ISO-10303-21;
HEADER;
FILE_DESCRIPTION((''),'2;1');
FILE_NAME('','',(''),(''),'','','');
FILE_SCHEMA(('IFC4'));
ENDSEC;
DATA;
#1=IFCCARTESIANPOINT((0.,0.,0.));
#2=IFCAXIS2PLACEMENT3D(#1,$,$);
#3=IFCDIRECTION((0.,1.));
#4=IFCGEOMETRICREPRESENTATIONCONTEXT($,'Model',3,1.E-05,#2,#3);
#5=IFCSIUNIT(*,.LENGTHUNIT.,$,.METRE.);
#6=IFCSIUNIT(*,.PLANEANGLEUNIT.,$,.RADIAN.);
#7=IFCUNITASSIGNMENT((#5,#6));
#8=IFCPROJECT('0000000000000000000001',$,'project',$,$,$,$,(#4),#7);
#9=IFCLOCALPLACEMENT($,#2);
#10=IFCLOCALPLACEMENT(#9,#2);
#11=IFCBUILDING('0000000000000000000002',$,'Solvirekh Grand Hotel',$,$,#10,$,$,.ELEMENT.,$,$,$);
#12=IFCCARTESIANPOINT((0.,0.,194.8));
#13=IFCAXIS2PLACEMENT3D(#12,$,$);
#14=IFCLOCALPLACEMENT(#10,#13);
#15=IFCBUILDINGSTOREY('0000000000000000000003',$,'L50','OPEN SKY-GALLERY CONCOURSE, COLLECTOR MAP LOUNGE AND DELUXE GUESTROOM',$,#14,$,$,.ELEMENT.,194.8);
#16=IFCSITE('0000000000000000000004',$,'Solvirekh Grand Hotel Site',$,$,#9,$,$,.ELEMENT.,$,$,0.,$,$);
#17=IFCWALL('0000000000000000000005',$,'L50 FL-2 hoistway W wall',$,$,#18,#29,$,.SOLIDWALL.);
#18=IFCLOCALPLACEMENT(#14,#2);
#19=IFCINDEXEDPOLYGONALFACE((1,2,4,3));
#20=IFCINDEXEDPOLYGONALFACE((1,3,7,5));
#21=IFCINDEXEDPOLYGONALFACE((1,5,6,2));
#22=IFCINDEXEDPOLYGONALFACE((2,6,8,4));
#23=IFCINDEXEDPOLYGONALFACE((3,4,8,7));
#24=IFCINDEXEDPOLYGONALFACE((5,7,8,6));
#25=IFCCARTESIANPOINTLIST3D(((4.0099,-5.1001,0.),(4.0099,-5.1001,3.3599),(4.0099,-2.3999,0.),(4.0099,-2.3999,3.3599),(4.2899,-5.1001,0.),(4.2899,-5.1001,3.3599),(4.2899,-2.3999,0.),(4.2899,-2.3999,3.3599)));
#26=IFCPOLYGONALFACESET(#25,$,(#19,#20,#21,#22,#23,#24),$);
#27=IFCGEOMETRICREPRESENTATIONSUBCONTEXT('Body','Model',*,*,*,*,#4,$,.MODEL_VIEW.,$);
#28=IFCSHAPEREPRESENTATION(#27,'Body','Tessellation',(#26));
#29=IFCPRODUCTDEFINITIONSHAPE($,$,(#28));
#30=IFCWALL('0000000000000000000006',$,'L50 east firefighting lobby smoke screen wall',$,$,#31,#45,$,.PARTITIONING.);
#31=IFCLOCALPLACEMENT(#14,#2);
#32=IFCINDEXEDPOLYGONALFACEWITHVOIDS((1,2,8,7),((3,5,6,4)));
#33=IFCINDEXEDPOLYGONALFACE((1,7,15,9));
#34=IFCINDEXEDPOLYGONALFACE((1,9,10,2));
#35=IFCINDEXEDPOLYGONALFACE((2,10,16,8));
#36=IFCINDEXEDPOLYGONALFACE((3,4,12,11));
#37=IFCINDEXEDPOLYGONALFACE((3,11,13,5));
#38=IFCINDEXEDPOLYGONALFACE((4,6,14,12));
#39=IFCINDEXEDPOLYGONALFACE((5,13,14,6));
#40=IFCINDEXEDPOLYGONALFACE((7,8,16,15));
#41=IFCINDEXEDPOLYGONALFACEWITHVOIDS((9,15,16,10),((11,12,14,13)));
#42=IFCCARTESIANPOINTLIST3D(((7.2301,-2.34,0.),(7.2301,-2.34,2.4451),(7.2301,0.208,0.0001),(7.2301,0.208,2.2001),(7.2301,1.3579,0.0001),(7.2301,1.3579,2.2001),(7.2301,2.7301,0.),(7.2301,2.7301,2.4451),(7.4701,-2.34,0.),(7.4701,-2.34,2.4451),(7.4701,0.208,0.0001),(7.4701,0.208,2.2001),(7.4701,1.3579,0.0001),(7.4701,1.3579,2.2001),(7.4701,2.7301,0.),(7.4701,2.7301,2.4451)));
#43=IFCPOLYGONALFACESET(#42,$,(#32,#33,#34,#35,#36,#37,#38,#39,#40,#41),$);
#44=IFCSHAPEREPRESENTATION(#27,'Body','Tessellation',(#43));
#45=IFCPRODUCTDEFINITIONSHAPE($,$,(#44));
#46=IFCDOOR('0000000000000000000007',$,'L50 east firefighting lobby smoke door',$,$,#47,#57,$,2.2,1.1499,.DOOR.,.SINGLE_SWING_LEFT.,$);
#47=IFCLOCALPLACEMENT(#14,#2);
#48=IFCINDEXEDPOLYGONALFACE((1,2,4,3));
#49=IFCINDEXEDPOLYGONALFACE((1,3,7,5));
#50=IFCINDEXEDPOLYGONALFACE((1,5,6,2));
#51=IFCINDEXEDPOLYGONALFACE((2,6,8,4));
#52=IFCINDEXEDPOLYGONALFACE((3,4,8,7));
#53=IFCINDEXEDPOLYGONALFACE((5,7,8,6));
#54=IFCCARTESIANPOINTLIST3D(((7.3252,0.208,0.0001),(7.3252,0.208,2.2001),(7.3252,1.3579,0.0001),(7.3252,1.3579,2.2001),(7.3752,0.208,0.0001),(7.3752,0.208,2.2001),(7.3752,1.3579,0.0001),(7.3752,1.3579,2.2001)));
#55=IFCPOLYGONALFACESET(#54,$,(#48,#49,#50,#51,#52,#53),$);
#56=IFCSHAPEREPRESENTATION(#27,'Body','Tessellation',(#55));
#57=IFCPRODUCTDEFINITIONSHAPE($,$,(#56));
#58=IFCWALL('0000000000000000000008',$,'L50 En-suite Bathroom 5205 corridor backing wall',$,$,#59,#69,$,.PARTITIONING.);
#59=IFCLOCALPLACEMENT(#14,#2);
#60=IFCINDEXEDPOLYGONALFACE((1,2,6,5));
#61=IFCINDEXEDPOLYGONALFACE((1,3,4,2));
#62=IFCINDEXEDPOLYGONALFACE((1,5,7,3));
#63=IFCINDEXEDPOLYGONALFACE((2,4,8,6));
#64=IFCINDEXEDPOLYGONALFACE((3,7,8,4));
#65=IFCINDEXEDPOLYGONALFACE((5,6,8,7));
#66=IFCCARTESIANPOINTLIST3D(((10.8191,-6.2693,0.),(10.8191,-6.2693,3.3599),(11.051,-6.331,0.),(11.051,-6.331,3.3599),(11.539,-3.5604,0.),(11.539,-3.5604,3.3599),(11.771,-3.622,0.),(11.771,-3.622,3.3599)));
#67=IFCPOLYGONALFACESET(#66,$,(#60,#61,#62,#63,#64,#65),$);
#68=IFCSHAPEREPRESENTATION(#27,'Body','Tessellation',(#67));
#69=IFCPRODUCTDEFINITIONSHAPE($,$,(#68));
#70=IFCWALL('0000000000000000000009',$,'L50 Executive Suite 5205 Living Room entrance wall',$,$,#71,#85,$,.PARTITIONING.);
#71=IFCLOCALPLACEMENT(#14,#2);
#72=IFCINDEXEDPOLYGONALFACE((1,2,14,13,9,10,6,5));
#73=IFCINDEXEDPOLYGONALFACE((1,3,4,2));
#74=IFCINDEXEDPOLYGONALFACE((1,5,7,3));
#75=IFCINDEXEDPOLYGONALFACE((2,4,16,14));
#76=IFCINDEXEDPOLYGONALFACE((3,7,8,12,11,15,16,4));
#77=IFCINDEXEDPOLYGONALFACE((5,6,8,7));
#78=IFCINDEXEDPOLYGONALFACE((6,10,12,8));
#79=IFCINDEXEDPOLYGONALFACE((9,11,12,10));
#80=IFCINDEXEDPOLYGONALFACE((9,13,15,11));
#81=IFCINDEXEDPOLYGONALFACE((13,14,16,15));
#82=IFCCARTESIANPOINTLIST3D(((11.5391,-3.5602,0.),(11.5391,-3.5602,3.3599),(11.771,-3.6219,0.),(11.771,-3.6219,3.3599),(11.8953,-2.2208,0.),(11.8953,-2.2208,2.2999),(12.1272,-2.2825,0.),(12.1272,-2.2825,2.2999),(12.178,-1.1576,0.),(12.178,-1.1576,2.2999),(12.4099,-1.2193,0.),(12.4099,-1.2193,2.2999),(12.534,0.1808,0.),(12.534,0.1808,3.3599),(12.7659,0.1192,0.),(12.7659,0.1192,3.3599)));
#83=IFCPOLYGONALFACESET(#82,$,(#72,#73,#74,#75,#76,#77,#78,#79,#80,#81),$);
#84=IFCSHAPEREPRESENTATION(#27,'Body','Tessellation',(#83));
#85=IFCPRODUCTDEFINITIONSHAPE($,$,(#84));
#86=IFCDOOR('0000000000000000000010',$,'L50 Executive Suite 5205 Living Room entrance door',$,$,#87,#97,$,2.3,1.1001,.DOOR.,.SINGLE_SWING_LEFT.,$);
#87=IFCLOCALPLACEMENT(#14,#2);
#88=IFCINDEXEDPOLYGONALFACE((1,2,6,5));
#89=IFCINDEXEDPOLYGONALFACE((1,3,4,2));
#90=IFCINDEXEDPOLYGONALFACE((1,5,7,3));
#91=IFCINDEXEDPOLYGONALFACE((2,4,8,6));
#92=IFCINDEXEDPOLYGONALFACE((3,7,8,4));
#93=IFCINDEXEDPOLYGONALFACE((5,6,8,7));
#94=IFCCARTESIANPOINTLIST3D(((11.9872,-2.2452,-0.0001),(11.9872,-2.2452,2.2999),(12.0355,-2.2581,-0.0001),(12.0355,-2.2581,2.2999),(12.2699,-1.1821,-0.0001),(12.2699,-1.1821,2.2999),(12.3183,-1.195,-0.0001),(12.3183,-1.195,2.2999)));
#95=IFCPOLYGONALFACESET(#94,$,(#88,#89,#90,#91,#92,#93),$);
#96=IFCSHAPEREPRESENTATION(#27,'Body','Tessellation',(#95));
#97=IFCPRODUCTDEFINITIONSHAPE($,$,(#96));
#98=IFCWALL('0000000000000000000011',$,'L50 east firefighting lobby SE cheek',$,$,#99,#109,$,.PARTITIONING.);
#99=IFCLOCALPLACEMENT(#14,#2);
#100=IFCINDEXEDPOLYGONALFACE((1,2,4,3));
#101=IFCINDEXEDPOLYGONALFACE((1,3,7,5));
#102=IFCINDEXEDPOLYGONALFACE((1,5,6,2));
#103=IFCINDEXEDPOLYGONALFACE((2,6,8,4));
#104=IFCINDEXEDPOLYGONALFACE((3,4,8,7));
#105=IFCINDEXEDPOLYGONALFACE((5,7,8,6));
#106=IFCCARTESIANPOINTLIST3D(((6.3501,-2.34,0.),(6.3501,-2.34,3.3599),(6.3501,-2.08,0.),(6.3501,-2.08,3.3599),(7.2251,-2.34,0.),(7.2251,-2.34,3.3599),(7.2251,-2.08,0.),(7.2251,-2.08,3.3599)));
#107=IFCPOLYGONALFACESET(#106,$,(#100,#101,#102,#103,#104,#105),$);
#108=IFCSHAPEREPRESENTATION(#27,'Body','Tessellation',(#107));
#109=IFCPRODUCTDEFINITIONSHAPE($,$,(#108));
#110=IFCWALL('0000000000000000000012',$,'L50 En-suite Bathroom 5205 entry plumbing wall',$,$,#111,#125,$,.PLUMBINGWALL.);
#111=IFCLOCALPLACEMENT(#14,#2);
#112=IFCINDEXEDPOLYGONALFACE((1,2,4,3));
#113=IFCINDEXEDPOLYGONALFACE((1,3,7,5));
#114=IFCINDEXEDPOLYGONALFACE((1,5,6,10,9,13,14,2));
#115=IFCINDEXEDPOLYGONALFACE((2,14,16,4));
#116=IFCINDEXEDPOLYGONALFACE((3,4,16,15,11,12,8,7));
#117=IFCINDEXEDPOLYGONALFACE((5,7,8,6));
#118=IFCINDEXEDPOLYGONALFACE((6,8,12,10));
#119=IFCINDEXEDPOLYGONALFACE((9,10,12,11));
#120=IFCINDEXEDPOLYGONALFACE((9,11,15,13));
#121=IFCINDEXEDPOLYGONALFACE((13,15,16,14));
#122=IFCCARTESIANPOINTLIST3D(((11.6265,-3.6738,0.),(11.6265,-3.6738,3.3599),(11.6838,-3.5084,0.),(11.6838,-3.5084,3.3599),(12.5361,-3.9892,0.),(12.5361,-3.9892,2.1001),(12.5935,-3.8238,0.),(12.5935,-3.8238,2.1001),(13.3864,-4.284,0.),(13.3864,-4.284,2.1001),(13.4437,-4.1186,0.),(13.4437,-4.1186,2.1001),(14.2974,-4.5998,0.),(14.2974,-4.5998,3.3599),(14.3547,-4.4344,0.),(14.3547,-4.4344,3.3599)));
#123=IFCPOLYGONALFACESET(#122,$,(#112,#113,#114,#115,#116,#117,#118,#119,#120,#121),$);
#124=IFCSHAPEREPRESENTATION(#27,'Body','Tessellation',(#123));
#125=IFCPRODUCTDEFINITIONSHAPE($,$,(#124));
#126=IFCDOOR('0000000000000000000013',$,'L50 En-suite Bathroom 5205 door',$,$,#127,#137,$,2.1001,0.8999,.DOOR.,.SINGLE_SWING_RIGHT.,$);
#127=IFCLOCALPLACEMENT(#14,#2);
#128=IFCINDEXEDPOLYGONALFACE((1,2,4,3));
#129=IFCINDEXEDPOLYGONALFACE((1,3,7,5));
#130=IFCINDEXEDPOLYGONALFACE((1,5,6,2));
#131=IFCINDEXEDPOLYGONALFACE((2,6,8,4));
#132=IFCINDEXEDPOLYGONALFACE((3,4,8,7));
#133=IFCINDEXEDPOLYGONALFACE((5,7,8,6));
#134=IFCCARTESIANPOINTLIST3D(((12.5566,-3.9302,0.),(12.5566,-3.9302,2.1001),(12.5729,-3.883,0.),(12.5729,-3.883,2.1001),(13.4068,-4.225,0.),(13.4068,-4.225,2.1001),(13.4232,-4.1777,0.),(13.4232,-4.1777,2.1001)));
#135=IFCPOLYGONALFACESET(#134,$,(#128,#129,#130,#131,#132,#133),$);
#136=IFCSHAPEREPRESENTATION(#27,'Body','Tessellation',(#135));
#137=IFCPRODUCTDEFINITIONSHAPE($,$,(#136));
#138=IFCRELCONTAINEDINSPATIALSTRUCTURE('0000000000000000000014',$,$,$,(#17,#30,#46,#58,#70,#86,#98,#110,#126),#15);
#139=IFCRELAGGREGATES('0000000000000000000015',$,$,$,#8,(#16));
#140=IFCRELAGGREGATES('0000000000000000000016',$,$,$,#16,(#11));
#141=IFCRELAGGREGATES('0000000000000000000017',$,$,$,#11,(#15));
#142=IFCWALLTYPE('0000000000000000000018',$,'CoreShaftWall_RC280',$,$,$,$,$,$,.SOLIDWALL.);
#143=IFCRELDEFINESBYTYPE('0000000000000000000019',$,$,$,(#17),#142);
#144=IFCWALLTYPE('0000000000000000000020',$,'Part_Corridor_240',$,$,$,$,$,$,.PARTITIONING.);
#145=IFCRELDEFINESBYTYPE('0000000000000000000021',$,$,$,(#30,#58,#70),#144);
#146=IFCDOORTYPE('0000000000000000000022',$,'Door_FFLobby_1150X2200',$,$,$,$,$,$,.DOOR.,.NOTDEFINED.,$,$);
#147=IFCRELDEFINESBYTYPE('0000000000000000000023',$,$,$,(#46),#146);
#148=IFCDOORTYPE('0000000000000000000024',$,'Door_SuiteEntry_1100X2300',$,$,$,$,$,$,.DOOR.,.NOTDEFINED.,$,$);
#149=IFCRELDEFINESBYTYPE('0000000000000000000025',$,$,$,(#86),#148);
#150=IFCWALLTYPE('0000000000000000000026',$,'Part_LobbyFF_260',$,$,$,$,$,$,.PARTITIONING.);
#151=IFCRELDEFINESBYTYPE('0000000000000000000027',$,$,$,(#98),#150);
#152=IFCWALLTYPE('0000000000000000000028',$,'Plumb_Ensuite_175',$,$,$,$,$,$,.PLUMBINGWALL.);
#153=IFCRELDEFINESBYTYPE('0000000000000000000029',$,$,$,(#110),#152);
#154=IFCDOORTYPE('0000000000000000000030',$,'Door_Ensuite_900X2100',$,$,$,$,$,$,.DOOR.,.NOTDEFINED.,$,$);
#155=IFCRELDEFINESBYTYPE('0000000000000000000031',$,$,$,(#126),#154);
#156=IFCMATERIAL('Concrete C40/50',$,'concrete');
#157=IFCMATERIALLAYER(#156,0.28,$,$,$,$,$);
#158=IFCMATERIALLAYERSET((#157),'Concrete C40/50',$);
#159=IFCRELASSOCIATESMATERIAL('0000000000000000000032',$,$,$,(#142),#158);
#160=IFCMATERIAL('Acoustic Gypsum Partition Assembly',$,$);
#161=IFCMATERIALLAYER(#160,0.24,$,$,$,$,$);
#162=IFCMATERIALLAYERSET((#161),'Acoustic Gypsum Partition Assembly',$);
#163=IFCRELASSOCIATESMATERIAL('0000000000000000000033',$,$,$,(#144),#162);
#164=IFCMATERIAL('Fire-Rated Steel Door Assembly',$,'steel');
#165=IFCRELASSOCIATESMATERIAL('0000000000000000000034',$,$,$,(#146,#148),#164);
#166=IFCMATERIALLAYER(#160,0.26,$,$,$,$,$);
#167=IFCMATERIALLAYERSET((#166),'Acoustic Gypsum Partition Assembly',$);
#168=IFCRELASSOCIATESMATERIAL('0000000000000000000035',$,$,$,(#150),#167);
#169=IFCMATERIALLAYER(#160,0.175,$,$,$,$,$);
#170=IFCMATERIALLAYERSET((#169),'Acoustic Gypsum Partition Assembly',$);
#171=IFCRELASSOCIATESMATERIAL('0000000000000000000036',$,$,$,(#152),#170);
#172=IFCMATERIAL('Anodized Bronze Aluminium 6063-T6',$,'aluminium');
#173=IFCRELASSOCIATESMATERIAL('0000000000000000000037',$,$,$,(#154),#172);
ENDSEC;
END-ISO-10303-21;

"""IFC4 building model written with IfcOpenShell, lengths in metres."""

from ifc_helpers import new_model, si_unit, direction, frame, frame_2d, origin, place, context, subcontext, project, spatial, rectangle, extrude, material, layer, layer_set, type_object, element, fill, save


model = new_model("IFC4")

# Units and contexts
model_context = context("Model", 3, precision=1e-05, world=origin(), true_north=direction((0.0, 1.0)))
body_context = subcontext(model_context, "Body", "Model", "MODEL_VIEW")
ifc_project = project(units=[si_unit("LENGTHUNIT", "METRE"), si_unit("PLANEANGLEUNIT", "RADIAN")], contexts=[model_context])

# Site, building, storey
site_placement = place(None, origin())
site = spatial("IfcSite", under=ifc_project, at=site_placement, Name="Solvirekh Grand Hotel Site", CompositionType="ELEMENT", RefElevation=0.0)
building_placement = place(site_placement, origin())
building = spatial("IfcBuilding", under=site, at=building_placement, Name="Solvirekh Grand Hotel", CompositionType="ELEMENT")
storey_placement = place(building_placement, frame((0.0, 0.0, 194.8)))
storey = spatial("IfcBuildingStorey", under=building, at=storey_placement, Name="L50", Description="OPEN SKY-GALLERY CONCOURSE, COLLECTOR MAP LOUNGE AND DELUXE GUESTROOM", CompositionType="ELEMENT", Elevation=194.8)

# Shared definitions
ifc_material_1 = material(Name="Anodized Bronze Aluminium 6063-T6", Category="aluminium")

# Shared definitions
ifc_material_2 = material(Name="Concrete C40/50", Category="concrete")
ifc_layer_1 = layer(ifc_material_2, 0.28)
ifc_layer_set_1 = layer_set([ifc_layer_1], Name="Concrete C40/50")
wall_type_1 = type_object("IfcWallType", Name="CoreShaftWall_RC280", PredefinedType="SOLIDWALL", material=ifc_layer_set_1)

# Shared definitions
ifc_material_3 = material(Name="Fire-Rated Steel Door Assembly", Category="steel")

# Wall
wall_1_placement = place(storey_placement, frame((4.1499, -2.3999, 0.0), z_axis=(0.0, 0.0, 1.0), x_axis=(0.0, -1.0, 0.0)))
element("IfcWall", 1, at=wall_1_placement, inside=storey, type_object=wall_type_1, Name="L50 FL-2 hoistway W wall", PredefinedType="SOLIDWALL", context=body_context, shape_type="SweptSolid", body=[
    extrude(rectangle(XDim=2.7002, YDim=0.28, at=frame_2d((1.3501, 0.0))), origin(), (0.0, 0.0, 1.0), 3.3599),
])

# Wall, opening, door
ifc_material_4 = material(Name="Acoustic Gypsum Partition Assembly")
ifc_layer_2 = layer(ifc_material_4, 0.24)
ifc_layer_set_2 = layer_set([ifc_layer_2], Name="Acoustic Gypsum Partition Assembly")
wall_type_2 = type_object("IfcWallType", Name="Part_Corridor_240", PredefinedType="PARTITIONING", material=ifc_layer_set_2)
wall_2_placement = place(storey_placement, frame((7.3501, -2.3401, 0.0), z_axis=(0.0, 0.0, 1.0), x_axis=(0.0, 1.0, 0.0)))
wall_2 = element("IfcWall", 2, at=wall_2_placement, inside=storey, type_object=wall_type_2, Name="L50 east firefighting lobby smoke screen wall", PredefinedType="PARTITIONING", context=body_context, shape_type="SweptSolid", body=[
    extrude(rectangle(XDim=5.0701, YDim=0.24, at=frame_2d((2.5352, 0.0))), origin(), (0.0, 0.0, 1.0), 2.4451),
])
opening_1_placement = place(wall_2_placement, frame((2.5481, 0.0, 0.0)))
opening_1 = element("IfcOpeningElement", 3, at=opening_1_placement, cuts=wall_2, PredefinedType="OPENING", context=body_context, shape_type="SweptSolid", body=[
    extrude(rectangle(XDim=1.1499, YDim=2.2, at=frame_2d((0.575, 1.1001))), frame((0.0, 0.1299, 0.0), z_axis=(0.0, -1.0, 0.0), x_axis=(1.0, 0.0, 0.0)), (0.0, 0.0, 1.0), 0.26),
])
door_type_1 = type_object("IfcDoorType", Name="Door_FFLobby_1150X2200", OperationType="NOTDEFINED", PredefinedType="DOOR", material=ifc_material_3)
door_1_placement = place(opening_1_placement, origin())
door_1 = element("IfcDoor", 4, at=door_1_placement, inside=storey, type_object=door_type_1, Name="L50 east firefighting lobby smoke door", OperationType="SINGLE_SWING_LEFT", OverallHeight=2.2, OverallWidth=1.1499, PredefinedType="DOOR", context=body_context, shape_type="SweptSolid", body=[
    extrude(rectangle(XDim=1.1499, YDim=2.2, at=frame_2d((0.575, 1.1001))), frame((0.0, 0.0249, 0.0), z_axis=(0.0, -1.0, 0.0), x_axis=(1.0, 0.0, 0.0)), (0.0, 0.0, 1.0), 0.05),
])
fill(opening_1, door_1)

# Wall
wall_3_placement = place(storey_placement, frame((10.9351, -6.3, 0.0), z_axis=(0.0, 0.0, 1.0), x_axis=(0.256855, 0.96645, 0.0)))
element("IfcWall", 5, at=wall_3_placement, inside=storey, type_object=wall_type_2, Name="L50 En-suite Bathroom 5205 corridor backing wall", PredefinedType="PARTITIONING", context=body_context, shape_type="SweptSolid", body=[
    extrude(rectangle(XDim=2.803, YDim=0.24, at=frame_2d((1.4014, 0.0))), origin(), (0.0, 0.0, 1.0), 3.3599),
])

# Wall, opening, door
wall_4_placement = place(storey_placement, frame((11.655, -3.5911, 0.0), z_axis=(0.0, 0.0, 1.0), x_axis=(0.257007, 0.96641, 0.0)))
wall_4 = element("IfcWall", 6, at=wall_4_placement, inside=storey, type_object=wall_type_2, Name="L50 Executive Suite 5205 Living Room entrance wall", PredefinedType="PARTITIONING", context=body_context, shape_type="SweptSolid", body=[
    extrude(rectangle(XDim=3.8711, YDim=0.24, at=frame_2d((1.9355, 0.0))), origin(), (0.0, 0.0, 1.0), 3.3599),
])
opening_2_placement = place(wall_4_placement, frame((1.386, 0.0, 0.0)))
opening_2 = element("IfcOpeningElement", 7, at=opening_2_placement, cuts=wall_4, PredefinedType="OPENING", context=body_context, shape_type="SweptSolid", body=[
    extrude(rectangle(XDim=1.1001, YDim=2.3, at=frame_2d((0.55, 1.1499))), frame((0.0, 0.1299, 0.0), z_axis=(0.0, -1.0, 0.0), x_axis=(1.0, 0.0, 0.0)), (0.0, 0.0, 1.0), 0.26),
])
door_type_2 = type_object("IfcDoorType", Name="Door_SuiteEntry_1100X2300", OperationType="NOTDEFINED", PredefinedType="DOOR", material=ifc_material_3)
door_2_placement = place(opening_2_placement, origin())
door_2 = element("IfcDoor", 8, at=door_2_placement, inside=storey, type_object=door_type_2, Name="L50 Executive Suite 5205 Living Room entrance door", OperationType="SINGLE_SWING_LEFT", OverallHeight=2.3, OverallWidth=1.1001, PredefinedType="DOOR", context=body_context, shape_type="SweptSolid", body=[
    extrude(rectangle(XDim=1.1001, YDim=2.3, at=frame_2d((0.55, 1.1499))), frame((0.0, 0.0249, 0.0), z_axis=(0.0, -1.0, 0.0), x_axis=(1.0, 0.0, 0.0)), (0.0, 0.0, 1.0), 0.05),
])
fill(opening_2, door_2)

# Wall
ifc_layer_3 = layer(ifc_material_4, 0.26)
ifc_layer_set_3 = layer_set([ifc_layer_3], Name="Acoustic Gypsum Partition Assembly")
wall_type_3 = type_object("IfcWallType", Name="Part_LobbyFF_260", PredefinedType="PARTITIONING", material=ifc_layer_set_3)
wall_5_placement = place(storey_placement, frame((6.3501, -2.21, 0.0), z_axis=(0.0, 0.0, 1.0), x_axis=(1.0, 0.0, 0.0)))
element("IfcWall", 9, at=wall_5_placement, inside=storey, type_object=wall_type_3, Name="L50 east firefighting lobby SE cheek", PredefinedType="PARTITIONING", context=body_context, shape_type="SweptSolid", body=[
    extrude(rectangle(XDim=0.875, YDim=0.26, at=frame_2d((0.4375, 0.0))), origin(), (0.0, 0.0, 1.0), 3.3599),
])

# Wall, opening, door
ifc_layer_4 = layer(ifc_material_4, 0.175)
ifc_layer_set_4 = layer_set([ifc_layer_4], Name="Acoustic Gypsum Partition Assembly")
wall_type_4 = type_object("IfcWallType", Name="Plumb_Ensuite_175", PredefinedType="PLUMBINGWALL", material=ifc_layer_set_4)
wall_6_placement = place(storey_placement, frame((11.655, -3.5911, 0.0), z_axis=(0.0, 0.0, 1.0), x_axis=(0.944824, -0.327579, 0.0)))
wall_6 = element("IfcWall", 10, at=wall_6_placement, inside=storey, type_object=wall_type_4, Name="L50 En-suite Bathroom 5205 entry plumbing wall", PredefinedType="PLUMBINGWALL", context=body_context, shape_type="SweptSolid", body=[
    extrude(rectangle(XDim=2.8269, YDim=0.175, at=frame_2d((1.4136, 0.0))), origin(), (0.0, 0.0, 1.0), 3.3599),
])
opening_3_placement = place(wall_6_placement, frame((0.9629, 0.0, 0.0)))
opening_3 = element("IfcOpeningElement", 11, at=opening_3_placement, cuts=wall_6, PredefinedType="OPENING", context=body_context, shape_type="SweptSolid", body=[
    extrude(rectangle(XDim=0.8999, YDim=2.1001, at=frame_2d((0.45, 1.05))), frame((0.0, 0.0977, 0.0), z_axis=(0.0, -1.0, 0.0), x_axis=(1.0, 0.0, 0.0)), (0.0, 0.0, 1.0), 0.1951),
])
door_type_3 = type_object("IfcDoorType", Name="Door_Ensuite_900X2100", OperationType="NOTDEFINED", PredefinedType="DOOR", material=ifc_material_1)
door_3_placement = place(opening_3_placement, origin())
door_3 = element("IfcDoor", 12, at=door_3_placement, inside=storey, type_object=door_type_3, Name="L50 En-suite Bathroom 5205 door", OperationType="SINGLE_SWING_RIGHT", OverallHeight=2.1001, OverallWidth=0.8999, PredefinedType="DOOR", context=body_context, shape_type="SweptSolid", body=[
    extrude(rectangle(XDim=0.8999, YDim=2.1001, at=frame_2d((0.45, 1.05))), frame((0.0, 0.0249, 0.0), z_axis=(0.0, -1.0, 0.0), x_axis=(1.0, 0.0, 0.0)), (0.0, 0.0, 1.0), 0.05),
])
fill(opening_3, door_3)

save(model, "model.ifc")
